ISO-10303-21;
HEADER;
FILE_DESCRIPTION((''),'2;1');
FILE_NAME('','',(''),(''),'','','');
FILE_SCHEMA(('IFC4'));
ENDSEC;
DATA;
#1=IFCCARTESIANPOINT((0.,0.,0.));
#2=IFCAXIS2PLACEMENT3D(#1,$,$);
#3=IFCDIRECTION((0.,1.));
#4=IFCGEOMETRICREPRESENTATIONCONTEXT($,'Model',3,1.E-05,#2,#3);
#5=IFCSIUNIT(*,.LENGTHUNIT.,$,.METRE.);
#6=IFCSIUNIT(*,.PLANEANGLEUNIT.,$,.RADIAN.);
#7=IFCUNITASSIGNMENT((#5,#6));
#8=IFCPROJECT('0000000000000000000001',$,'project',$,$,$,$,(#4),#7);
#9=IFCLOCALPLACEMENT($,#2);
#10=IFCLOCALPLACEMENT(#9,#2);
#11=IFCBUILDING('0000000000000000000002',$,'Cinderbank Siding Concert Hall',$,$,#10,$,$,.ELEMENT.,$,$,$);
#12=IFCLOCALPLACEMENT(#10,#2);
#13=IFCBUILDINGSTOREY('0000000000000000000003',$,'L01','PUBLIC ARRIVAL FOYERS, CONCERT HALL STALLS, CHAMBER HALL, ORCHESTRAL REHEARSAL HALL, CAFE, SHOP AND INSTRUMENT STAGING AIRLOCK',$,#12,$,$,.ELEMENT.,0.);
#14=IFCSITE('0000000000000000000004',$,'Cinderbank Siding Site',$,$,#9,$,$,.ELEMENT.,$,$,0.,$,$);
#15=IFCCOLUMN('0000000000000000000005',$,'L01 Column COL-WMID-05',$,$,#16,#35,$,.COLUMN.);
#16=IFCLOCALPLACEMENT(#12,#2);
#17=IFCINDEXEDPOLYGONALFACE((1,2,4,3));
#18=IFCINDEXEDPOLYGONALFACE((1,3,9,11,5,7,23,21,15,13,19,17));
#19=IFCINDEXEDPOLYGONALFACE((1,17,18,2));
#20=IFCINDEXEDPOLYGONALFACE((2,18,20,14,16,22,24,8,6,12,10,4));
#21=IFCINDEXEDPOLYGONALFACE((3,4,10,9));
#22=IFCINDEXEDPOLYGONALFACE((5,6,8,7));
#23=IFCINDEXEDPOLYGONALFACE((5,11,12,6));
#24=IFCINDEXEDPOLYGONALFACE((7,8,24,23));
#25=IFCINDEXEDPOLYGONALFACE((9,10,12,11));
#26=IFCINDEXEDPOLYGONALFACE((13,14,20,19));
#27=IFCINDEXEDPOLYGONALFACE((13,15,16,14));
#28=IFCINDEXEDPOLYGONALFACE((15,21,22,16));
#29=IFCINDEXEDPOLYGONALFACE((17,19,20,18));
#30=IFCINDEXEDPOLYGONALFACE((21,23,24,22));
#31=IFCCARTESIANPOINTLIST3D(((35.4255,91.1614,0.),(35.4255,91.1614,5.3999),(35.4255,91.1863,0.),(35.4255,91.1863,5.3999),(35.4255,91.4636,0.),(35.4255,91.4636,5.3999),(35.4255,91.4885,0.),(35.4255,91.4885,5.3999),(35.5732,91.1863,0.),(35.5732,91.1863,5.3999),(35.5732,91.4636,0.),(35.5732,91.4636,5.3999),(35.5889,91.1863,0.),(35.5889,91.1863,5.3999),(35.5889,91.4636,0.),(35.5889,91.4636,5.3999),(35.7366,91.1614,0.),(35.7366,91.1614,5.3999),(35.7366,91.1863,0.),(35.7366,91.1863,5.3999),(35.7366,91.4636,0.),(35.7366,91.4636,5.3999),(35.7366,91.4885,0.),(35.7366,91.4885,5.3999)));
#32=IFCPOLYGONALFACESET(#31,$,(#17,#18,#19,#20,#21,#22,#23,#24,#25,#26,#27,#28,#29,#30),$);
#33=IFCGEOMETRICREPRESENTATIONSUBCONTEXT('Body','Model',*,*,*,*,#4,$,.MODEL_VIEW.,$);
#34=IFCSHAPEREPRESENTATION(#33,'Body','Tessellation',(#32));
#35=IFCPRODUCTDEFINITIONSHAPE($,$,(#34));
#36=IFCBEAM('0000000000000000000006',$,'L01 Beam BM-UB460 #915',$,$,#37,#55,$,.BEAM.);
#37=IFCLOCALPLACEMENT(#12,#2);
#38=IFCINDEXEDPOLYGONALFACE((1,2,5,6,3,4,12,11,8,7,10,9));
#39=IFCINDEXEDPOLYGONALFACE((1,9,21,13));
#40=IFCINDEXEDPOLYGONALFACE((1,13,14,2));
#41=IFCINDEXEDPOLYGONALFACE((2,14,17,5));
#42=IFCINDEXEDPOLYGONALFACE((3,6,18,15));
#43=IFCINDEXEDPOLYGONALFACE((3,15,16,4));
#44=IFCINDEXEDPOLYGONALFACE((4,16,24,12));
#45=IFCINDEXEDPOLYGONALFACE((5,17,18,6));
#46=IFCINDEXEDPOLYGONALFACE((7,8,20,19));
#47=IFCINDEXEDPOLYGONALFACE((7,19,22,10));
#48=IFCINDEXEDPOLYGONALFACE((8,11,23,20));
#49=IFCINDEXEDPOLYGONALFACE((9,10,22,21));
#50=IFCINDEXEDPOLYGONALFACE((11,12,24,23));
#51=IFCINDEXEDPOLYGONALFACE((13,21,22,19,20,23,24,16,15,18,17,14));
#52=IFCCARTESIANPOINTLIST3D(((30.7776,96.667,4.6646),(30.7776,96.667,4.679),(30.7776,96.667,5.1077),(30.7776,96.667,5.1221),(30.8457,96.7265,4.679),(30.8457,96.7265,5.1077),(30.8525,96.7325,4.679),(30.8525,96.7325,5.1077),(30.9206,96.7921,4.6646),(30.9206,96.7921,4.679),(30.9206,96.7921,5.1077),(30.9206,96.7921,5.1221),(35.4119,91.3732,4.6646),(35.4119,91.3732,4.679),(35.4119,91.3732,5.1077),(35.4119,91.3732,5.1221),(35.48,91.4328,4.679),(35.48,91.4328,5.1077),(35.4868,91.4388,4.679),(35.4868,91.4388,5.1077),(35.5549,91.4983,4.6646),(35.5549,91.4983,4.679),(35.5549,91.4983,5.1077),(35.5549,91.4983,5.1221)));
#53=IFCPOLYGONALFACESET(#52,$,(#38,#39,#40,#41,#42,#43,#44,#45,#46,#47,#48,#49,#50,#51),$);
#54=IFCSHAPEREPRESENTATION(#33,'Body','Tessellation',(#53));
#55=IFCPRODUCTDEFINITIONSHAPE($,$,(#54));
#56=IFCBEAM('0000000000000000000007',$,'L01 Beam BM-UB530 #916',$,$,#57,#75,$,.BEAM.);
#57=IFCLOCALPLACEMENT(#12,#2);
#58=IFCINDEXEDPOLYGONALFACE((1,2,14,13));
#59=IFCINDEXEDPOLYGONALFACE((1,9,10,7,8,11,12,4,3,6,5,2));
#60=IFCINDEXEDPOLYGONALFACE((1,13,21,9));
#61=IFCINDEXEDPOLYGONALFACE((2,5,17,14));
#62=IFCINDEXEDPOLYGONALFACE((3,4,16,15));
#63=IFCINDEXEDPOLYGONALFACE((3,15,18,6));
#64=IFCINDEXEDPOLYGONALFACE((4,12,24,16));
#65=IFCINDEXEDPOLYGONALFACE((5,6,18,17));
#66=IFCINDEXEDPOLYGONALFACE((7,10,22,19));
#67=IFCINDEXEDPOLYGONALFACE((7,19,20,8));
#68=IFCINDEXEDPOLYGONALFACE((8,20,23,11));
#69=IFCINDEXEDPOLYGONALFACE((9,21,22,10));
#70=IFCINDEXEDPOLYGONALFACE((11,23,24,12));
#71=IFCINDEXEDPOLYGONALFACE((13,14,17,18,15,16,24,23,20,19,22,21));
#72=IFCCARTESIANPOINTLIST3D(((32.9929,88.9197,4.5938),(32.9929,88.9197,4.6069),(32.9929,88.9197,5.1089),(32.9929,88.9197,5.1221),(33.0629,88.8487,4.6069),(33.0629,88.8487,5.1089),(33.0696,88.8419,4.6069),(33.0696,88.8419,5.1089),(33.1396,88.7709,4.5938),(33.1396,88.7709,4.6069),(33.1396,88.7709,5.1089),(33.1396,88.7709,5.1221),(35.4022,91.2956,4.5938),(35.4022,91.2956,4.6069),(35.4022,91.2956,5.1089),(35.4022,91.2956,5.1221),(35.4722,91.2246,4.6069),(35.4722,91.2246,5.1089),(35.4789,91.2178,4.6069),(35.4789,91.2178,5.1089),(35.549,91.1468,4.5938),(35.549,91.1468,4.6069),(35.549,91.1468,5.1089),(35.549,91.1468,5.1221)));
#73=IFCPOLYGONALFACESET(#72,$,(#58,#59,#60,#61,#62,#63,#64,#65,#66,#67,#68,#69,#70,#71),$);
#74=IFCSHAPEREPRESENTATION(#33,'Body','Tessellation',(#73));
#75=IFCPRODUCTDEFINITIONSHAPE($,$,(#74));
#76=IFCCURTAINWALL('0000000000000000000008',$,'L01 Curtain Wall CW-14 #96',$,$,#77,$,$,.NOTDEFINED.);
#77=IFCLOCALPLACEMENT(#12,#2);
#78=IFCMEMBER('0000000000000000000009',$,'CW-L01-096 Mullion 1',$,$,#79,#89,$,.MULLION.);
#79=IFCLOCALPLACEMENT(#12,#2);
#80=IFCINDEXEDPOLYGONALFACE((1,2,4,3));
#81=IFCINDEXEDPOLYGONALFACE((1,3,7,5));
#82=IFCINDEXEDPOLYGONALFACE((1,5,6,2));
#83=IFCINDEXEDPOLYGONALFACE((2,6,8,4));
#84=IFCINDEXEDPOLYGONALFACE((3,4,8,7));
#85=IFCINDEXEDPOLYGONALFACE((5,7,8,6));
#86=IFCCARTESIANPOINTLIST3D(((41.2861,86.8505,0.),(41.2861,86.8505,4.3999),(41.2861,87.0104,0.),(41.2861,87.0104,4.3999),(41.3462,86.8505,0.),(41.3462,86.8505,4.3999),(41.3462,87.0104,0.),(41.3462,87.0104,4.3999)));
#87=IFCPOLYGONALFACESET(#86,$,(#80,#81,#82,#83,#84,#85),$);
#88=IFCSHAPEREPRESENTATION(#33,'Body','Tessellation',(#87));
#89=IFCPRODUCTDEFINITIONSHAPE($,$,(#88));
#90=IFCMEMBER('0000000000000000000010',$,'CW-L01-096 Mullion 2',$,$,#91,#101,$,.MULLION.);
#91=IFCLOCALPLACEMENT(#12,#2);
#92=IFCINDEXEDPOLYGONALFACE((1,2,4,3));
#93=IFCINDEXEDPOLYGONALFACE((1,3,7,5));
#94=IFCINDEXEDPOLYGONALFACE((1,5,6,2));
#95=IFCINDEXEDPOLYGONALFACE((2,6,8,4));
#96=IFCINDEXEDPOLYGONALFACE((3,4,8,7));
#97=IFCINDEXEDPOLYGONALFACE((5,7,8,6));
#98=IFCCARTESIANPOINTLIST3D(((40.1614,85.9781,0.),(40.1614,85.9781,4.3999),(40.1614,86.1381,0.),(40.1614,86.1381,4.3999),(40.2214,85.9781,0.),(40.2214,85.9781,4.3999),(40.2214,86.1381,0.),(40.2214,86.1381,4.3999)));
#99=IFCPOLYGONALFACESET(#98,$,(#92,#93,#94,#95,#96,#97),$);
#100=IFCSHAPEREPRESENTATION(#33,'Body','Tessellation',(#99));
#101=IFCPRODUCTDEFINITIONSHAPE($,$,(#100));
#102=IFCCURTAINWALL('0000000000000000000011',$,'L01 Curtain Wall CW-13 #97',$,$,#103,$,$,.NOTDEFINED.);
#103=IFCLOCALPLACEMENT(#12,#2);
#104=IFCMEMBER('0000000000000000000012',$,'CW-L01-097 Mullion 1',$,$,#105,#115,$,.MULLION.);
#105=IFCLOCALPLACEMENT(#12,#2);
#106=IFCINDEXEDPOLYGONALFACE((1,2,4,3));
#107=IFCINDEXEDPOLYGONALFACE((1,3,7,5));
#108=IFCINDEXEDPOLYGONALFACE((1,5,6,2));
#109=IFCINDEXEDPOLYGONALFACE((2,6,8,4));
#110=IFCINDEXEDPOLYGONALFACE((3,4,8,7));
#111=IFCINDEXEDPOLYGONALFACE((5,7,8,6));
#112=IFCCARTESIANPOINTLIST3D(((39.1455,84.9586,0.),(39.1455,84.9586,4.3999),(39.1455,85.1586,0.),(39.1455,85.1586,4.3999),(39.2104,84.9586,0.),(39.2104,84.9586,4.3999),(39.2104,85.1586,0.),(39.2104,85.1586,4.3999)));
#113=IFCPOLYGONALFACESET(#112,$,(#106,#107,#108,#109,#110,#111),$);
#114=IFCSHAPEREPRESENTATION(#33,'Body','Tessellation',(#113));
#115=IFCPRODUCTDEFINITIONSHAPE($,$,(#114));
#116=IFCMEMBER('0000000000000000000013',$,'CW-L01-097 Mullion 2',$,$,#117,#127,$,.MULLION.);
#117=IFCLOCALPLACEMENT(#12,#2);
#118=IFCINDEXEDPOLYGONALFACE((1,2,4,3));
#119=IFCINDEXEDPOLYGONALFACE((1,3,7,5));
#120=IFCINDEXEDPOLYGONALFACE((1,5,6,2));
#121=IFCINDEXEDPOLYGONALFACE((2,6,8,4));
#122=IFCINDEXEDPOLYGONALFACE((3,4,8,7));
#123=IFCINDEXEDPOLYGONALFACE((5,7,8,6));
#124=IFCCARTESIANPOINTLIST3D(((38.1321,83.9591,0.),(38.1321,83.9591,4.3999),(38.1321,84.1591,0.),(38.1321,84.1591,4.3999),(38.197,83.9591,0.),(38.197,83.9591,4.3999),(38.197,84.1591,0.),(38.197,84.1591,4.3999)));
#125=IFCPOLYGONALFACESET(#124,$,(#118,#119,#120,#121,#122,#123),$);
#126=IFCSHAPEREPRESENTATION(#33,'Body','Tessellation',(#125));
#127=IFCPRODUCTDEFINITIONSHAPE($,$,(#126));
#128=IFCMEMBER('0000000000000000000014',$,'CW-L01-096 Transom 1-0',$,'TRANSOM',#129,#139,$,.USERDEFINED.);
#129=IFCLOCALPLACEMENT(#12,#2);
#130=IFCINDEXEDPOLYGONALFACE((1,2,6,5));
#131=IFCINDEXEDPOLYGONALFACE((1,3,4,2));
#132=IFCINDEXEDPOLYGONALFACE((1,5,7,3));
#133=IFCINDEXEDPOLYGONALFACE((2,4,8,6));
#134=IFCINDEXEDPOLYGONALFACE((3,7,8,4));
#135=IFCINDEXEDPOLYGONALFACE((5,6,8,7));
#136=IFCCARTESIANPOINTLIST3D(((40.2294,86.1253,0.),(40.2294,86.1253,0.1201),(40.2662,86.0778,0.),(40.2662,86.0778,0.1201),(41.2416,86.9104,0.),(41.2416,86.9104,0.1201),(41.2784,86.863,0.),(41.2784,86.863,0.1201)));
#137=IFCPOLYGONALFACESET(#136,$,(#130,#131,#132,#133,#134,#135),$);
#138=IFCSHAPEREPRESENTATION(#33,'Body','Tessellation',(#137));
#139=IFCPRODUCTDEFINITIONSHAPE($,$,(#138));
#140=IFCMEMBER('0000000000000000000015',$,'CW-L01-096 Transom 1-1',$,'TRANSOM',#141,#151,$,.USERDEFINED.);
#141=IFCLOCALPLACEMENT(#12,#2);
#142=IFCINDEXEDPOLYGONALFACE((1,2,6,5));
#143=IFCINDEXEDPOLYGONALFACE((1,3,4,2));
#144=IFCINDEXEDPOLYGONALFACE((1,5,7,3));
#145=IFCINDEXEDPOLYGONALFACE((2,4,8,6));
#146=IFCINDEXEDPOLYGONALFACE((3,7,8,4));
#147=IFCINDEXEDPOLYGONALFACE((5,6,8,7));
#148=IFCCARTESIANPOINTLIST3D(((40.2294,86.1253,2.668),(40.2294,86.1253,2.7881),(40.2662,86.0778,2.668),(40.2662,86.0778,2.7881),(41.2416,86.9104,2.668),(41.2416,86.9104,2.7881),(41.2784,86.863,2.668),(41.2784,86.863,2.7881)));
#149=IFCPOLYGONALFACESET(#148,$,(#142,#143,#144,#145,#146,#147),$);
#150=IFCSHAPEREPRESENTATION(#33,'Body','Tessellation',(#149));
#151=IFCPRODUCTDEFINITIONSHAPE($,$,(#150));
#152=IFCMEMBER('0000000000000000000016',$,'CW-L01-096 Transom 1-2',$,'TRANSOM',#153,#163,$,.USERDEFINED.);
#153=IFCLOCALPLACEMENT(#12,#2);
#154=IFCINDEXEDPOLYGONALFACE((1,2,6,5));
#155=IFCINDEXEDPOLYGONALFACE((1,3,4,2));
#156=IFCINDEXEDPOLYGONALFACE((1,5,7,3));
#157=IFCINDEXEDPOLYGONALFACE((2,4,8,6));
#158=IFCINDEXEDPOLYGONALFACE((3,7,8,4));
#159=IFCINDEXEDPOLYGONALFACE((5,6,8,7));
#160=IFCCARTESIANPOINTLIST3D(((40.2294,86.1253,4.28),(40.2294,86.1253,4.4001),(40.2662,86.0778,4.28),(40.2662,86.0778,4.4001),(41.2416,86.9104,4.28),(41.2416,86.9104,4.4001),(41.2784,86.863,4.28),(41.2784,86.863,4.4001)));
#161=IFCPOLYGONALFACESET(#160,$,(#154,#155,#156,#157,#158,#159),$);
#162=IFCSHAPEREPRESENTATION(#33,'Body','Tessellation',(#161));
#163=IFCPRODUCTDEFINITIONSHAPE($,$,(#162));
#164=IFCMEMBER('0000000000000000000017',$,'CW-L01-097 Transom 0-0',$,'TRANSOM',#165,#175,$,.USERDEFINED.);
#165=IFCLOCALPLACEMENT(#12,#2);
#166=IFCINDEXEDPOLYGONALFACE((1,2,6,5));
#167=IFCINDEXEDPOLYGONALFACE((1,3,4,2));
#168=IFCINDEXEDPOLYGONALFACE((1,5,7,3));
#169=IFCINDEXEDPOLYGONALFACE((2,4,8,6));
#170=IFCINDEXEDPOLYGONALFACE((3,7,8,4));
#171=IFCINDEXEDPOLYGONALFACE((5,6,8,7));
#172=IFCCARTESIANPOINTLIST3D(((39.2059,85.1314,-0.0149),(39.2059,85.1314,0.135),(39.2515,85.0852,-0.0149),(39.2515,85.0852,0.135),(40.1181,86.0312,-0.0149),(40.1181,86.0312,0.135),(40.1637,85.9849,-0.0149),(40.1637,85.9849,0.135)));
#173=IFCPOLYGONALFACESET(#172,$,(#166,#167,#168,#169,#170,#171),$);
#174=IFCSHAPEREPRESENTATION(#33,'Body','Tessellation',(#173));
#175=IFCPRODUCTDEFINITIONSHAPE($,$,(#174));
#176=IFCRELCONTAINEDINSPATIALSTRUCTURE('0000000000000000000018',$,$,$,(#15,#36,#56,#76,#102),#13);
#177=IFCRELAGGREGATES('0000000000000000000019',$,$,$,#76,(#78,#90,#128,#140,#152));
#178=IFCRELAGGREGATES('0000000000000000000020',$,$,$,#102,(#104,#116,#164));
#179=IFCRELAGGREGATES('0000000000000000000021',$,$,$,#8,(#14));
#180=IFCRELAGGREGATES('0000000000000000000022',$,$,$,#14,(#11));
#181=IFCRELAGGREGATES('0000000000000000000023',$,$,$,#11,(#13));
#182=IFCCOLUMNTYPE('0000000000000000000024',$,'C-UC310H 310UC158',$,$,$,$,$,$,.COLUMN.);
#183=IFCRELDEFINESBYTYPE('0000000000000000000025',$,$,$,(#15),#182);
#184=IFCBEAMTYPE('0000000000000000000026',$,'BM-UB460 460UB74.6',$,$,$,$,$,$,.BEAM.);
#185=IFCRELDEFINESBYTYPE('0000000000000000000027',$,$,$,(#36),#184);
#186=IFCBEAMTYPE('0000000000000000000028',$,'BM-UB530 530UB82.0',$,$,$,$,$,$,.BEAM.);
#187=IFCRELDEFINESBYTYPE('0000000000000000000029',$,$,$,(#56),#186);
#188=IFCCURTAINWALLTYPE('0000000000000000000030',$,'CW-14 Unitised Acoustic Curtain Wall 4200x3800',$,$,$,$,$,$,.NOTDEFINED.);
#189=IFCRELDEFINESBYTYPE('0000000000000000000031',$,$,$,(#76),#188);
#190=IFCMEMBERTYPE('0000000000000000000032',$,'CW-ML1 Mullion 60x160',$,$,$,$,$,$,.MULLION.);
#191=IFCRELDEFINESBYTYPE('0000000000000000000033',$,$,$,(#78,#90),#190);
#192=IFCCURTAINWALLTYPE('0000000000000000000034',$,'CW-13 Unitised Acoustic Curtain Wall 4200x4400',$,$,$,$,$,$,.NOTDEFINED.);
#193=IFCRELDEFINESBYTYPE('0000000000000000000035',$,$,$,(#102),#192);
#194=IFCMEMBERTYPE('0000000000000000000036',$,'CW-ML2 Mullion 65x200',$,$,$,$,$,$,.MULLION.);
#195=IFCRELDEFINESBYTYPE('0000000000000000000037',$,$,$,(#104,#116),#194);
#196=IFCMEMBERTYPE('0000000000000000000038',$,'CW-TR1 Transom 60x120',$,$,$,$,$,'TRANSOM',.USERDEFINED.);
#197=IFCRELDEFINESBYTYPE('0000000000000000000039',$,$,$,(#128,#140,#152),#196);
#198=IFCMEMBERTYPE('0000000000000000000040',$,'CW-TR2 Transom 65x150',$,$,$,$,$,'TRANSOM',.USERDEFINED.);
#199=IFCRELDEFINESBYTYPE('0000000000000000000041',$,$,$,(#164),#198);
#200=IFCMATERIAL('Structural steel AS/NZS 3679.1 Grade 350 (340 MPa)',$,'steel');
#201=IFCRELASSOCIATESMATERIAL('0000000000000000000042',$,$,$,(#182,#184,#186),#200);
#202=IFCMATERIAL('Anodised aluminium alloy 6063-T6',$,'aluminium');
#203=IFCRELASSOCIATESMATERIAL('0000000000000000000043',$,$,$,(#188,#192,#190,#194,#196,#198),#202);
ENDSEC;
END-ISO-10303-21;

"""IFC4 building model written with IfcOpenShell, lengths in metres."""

from ifc_helpers import new_model, si_unit, direction, frame, origin, origin_2d, place, context, subcontext, project, spatial, rectangle, i_section, extrude, material, material_profile, profile_set, type_object, element, aggregate, save


model = new_model("IFC4")

# Units and contexts
model_context = context("Model", 3, precision=1e-05, world=origin(), true_north=direction((0.0, 1.0)))
body_context = subcontext(model_context, "Body", "Model", "MODEL_VIEW")
ifc_project = project(units=[si_unit("LENGTHUNIT", "METRE"), si_unit("PLANEANGLEUNIT", "RADIAN")], contexts=[model_context])

# Site, building, storey
site_placement = place(None, origin())
site = spatial("IfcSite", under=ifc_project, at=site_placement, Name="Cinderbank Siding Site", CompositionType="ELEMENT", RefElevation=0.0)
building_placement = place(site_placement, origin())
building = spatial("IfcBuilding", under=site, at=building_placement, Name="Cinderbank Siding Concert Hall", CompositionType="ELEMENT")
storey_placement = place(building_placement, origin())
storey = spatial("IfcBuildingStorey", under=building, at=storey_placement, Name="L01", Description="PUBLIC ARRIVAL FOYERS, CONCERT HALL STALLS, CHAMBER HALL, ORCHESTRAL REHEARSAL HALL, CAFE, SHOP AND INSTRUMENT STAGING AIRLOCK", CompositionType="ELEMENT", Elevation=0.0)

# Column
ifc_material_1 = material(Name="Structural steel AS/NZS 3679.1 Grade 350 (340 MPa)", Category="steel")
ifc_material_profile_1 = material_profile(ifc_material_1, i_section(OverallWidth=0.311, OverallDepth=0.3271, WebThickness=0.0156, FlangeThickness=0.0249, at=origin_2d()), Name="310UC158", Category="LoadBearing")
ifc_profile_set_1 = profile_set([ifc_material_profile_1], Name="Structural steel AS/NZS 3679.1 Grade 350 (340 MPa)")
column_type = type_object("IfcColumnType", Name="C-UC310H 310UC158", PredefinedType="COLUMN", material=ifc_profile_set_1)
column_placement = place(storey_placement, frame((35.5811, 91.325, 0.0), z_axis=(0.0, 0.0, 1.0), x_axis=(1.0, 0.0, 0.0)))
element("IfcColumn", 1, at=column_placement, inside=storey, type_object=column_type, Name="L01 Column COL-WMID-05", PredefinedType="COLUMN", context=body_context, shape_type="SweptSolid", body=[
    extrude(i_section(OverallWidth=0.311, OverallDepth=0.3271, WebThickness=0.0156, FlangeThickness=0.0249, at=origin_2d()), origin(), (0.0, 0.0, 1.0), 5.3999),
])

# Beams
ifc_material_profile_2 = material_profile(ifc_material_1, i_section(OverallWidth=0.1899, OverallDepth=0.4575, WebThickness=0.009, FlangeThickness=0.0144, at=origin_2d()), Name="460UB74.6", Category="LoadBearing")
ifc_profile_set_2 = profile_set([ifc_material_profile_2], Name="Structural steel AS/NZS 3679.1 Grade 350 (340 MPa)")
beam_type_1 = type_object("IfcBeamType", Name="BM-UB460 460UB74.6", PredefinedType="BEAM", material=ifc_profile_set_2)
beam_1_placement = place(storey_placement, frame((35.4834, 91.4358, 4.8933), z_axis=(-0.658689, 0.752415, 0.0), x_axis=(-0.752415, -0.658689, 0.0)))
element("IfcBeam", 2, at=beam_1_placement, inside=storey, type_object=beam_type_1, Name="L01 Beam BM-UB460 #915", PredefinedType="BEAM", context=body_context, shape_type="SweptSolid", body=[
    extrude(i_section(OverallWidth=0.1899, OverallDepth=0.4575, WebThickness=0.009, FlangeThickness=0.0144, at=origin_2d()), origin(), (0.0, 0.0, 1.0), 7.0356),
])
ifc_material_profile_3 = material_profile(ifc_material_1, i_section(OverallWidth=0.209, OverallDepth=0.5283, WebThickness=0.0095, FlangeThickness=0.0132, at=origin_2d()), Name="530UB82.0", Category="LoadBearing")
ifc_profile_set_3 = profile_set([ifc_material_profile_3], Name="Structural steel AS/NZS 3679.1 Grade 350 (340 MPa)")
beam_type_2 = type_object("IfcBeamType", Name="BM-UB530 530UB82.0", PredefinedType="BEAM", material=ifc_profile_set_3)
beam_2_placement = place(storey_placement, frame((35.4756, 91.2212, 4.8579), z_axis=(-0.712032, -0.702147, 0.0), x_axis=(0.702147, -0.712032, 0.0)))
element("IfcBeam", 3, at=beam_2_placement, inside=storey, type_object=beam_type_2, Name="L01 Beam BM-UB530 #916", PredefinedType="BEAM", context=body_context, shape_type="SweptSolid", body=[
    extrude(i_section(OverallWidth=0.209, OverallDepth=0.5283, WebThickness=0.0095, FlangeThickness=0.0132, at=origin_2d()), origin(), (0.0, 0.0, 1.0), 3.3838),
])

# Curtain walls, members
ifc_material_2 = material(Name="Anodised aluminium alloy 6063-T6", Category="aluminium")
curtain_wall_type_1 = type_object("IfcCurtainWallType", Name="CW-14 Unitised Acoustic Curtain Wall 4200x3800", PredefinedType="NOTDEFINED", material=ifc_material_2)
curtain_wall_1_placement = place(storey_placement, origin())
curtain_wall_1 = element("IfcCurtainWall", 4, at=curtain_wall_1_placement, inside=storey, type_object=curtain_wall_type_1, Name="L01 Curtain Wall CW-14 #96", PredefinedType="NOTDEFINED")
ifc_material_profile_4 = material_profile(ifc_material_2, rectangle(XDim=0.0601, YDim=0.1599, at=origin_2d()), Name="ALU-MULL-60x160", Category="LoadBearing")
ifc_profile_set_4 = profile_set([ifc_material_profile_4], Name="Anodised aluminium alloy 6063-T6")
member_type_1 = type_object("IfcMemberType", Name="CW-ML1 Mullion 60x160", PredefinedType="MULLION", material=ifc_profile_set_4)
member_1_placement = place(storey_placement, frame((41.3162, 86.9304, 0.0), z_axis=(0.0, 0.0, 1.0), x_axis=(1.0, 0.0, 0.0)))
member_1 = element("IfcMember", 5, at=member_1_placement, type_object=member_type_1, Name="CW-L01-096 Mullion 1", PredefinedType="MULLION", context=body_context, shape_type="SweptSolid", body=[
    extrude(rectangle(XDim=0.0601, YDim=0.1599, at=origin_2d()), origin(), (0.0, 0.0, 1.0), 4.3999),
])
member_2_placement = place(storey_placement, frame((40.1914, 86.0581, 0.0), z_axis=(0.0, 0.0, 1.0), x_axis=(1.0, 0.0, 0.0)))
member_2 = element("IfcMember", 6, at=member_2_placement, type_object=member_type_1, Name="CW-L01-096 Mullion 2", PredefinedType="MULLION", context=body_context, shape_type="SweptSolid", body=[
    extrude(rectangle(XDim=0.0601, YDim=0.1599, at=origin_2d()), origin(), (0.0, 0.0, 1.0), 4.3999),
])
curtain_wall_type_2 = type_object("IfcCurtainWallType", Name="CW-13 Unitised Acoustic Curtain Wall 4200x4400", PredefinedType="NOTDEFINED", material=ifc_material_2)
curtain_wall_2_placement = place(storey_placement, origin())
curtain_wall_2 = element("IfcCurtainWall", 7, at=curtain_wall_2_placement, inside=storey, type_object=curtain_wall_type_2, Name="L01 Curtain Wall CW-13 #97", PredefinedType="NOTDEFINED")
ifc_material_profile_5 = material_profile(ifc_material_2, rectangle(XDim=0.0649, YDim=0.2, at=origin_2d()), Name="ALU-MULL-65x200", Category="LoadBearing")
ifc_profile_set_5 = profile_set([ifc_material_profile_5], Name="Anodised aluminium alloy 6063-T6")
member_type_2 = type_object("IfcMemberType", Name="CW-ML2 Mullion 65x200", PredefinedType="MULLION", material=ifc_profile_set_5)
member_3_placement = place(storey_placement, frame((39.178, 85.0586, 0.0), z_axis=(0.0, 0.0, 1.0), x_axis=(1.0, 0.0, 0.0)))
member_3 = element("IfcMember", 8, at=member_3_placement, type_object=member_type_2, Name="CW-L01-097 Mullion 1", PredefinedType="MULLION", context=body_context, shape_type="SweptSolid", body=[
    extrude(rectangle(XDim=0.0649, YDim=0.2, at=origin_2d()), origin(), (0.0, 0.0, 1.0), 4.3999),
])
member_4_placement = place(storey_placement, frame((38.1646, 84.0591, 0.0), z_axis=(0.0, 0.0, 1.0), x_axis=(1.0, 0.0, 0.0)))
member_4 = element("IfcMember", 9, at=member_4_placement, type_object=member_type_2, Name="CW-L01-097 Mullion 2", PredefinedType="MULLION", context=body_context, shape_type="SweptSolid", body=[
    extrude(rectangle(XDim=0.0649, YDim=0.2, at=origin_2d()), origin(), (0.0, 0.0, 1.0), 4.3999),
])

# Members
ifc_material_profile_6 = material_profile(ifc_material_2, rectangle(XDim=0.0601, YDim=0.1201, at=origin_2d()), Name="ALU-TRAN-60x120", Category="LoadBearing")
ifc_profile_set_6 = profile_set([ifc_material_profile_6], Name="Anodised aluminium alloy 6063-T6")
member_type_3 = type_object("IfcMemberType", Name="CW-TR1 Transom 60x120", ElementType="TRANSOM", PredefinedType="USERDEFINED", material=ifc_profile_set_6)
member_5_placement = place(storey_placement, frame((41.26, 86.8867, 0.0601), z_axis=(-0.790152, -0.612911, 0.0), x_axis=(0.612911, -0.790152, 0.0)))
member_5 = element("IfcMember", 10, at=member_5_placement, type_object=member_type_3, Name="CW-L01-096 Transom 1-0", ObjectType="TRANSOM", PredefinedType="USERDEFINED", context=body_context, shape_type="SweptSolid", body=[
    extrude(rectangle(XDim=0.0601, YDim=0.1201, at=origin_2d()), origin(), (0.0, 0.0, 1.0), 1.281),
])
member_6_placement = place(storey_placement, frame((41.26, 86.8867, 2.728), z_axis=(-0.790152, -0.612911, 0.0), x_axis=(0.612911, -0.790152, 0.0)))
member_6 = element("IfcMember", 11, at=member_6_placement, type_object=member_type_3, Name="CW-L01-096 Transom 1-1", ObjectType="TRANSOM", PredefinedType="USERDEFINED", context=body_context, shape_type="SweptSolid", body=[
    extrude(rectangle(XDim=0.0601, YDim=0.1201, at=origin_2d()), origin(), (0.0, 0.0, 1.0), 1.281),
])
member_7_placement = place(storey_placement, frame((41.26, 86.8867, 4.3401), z_axis=(-0.790152, -0.612911, 0.0), x_axis=(0.612911, -0.790152, 0.0)))
member_7 = element("IfcMember", 12, at=member_7_placement, type_object=member_type_3, Name="CW-L01-096 Transom 1-2", ObjectType="TRANSOM", PredefinedType="USERDEFINED", context=body_context, shape_type="SweptSolid", body=[
    extrude(rectangle(XDim=0.0601, YDim=0.1201, at=origin_2d()), origin(), (0.0, 0.0, 1.0), 1.281),
])
ifc_material_profile_7 = material_profile(ifc_material_2, rectangle(XDim=0.0649, YDim=0.1499, at=origin_2d()), Name="ALU-TRAN-65x150", Category="LoadBearing")
ifc_profile_set_7 = profile_set([ifc_material_profile_7], Name="Anodised aluminium alloy 6063-T6")
member_type_4 = type_object("IfcMemberType", Name="CW-TR2 Transom 65x150", ElementType="TRANSOM", PredefinedType="USERDEFINED", material=ifc_profile_set_7)
member_8_placement = place(storey_placement, frame((40.1409, 86.0081, 0.0601), z_axis=(-0.711949, -0.702231, 0.0), x_axis=(0.702231, -0.711949, 0.0)))
member_8 = element("IfcMember", 13, at=member_8_placement, type_object=member_type_4, Name="CW-L01-097 Transom 0-0", ObjectType="TRANSOM", PredefinedType="USERDEFINED", context=body_context, shape_type="SweptSolid", body=[
    extrude(rectangle(XDim=0.0649, YDim=0.1499, at=origin_2d()), origin(), (0.0, 0.0, 1.0), 1.2812),
])

aggregate(curtain_wall_1, [member_1, member_2, member_5, member_6, member_7])
aggregate(curtain_wall_2, [member_3, member_4, member_8])

save(model, "model.ifc")
